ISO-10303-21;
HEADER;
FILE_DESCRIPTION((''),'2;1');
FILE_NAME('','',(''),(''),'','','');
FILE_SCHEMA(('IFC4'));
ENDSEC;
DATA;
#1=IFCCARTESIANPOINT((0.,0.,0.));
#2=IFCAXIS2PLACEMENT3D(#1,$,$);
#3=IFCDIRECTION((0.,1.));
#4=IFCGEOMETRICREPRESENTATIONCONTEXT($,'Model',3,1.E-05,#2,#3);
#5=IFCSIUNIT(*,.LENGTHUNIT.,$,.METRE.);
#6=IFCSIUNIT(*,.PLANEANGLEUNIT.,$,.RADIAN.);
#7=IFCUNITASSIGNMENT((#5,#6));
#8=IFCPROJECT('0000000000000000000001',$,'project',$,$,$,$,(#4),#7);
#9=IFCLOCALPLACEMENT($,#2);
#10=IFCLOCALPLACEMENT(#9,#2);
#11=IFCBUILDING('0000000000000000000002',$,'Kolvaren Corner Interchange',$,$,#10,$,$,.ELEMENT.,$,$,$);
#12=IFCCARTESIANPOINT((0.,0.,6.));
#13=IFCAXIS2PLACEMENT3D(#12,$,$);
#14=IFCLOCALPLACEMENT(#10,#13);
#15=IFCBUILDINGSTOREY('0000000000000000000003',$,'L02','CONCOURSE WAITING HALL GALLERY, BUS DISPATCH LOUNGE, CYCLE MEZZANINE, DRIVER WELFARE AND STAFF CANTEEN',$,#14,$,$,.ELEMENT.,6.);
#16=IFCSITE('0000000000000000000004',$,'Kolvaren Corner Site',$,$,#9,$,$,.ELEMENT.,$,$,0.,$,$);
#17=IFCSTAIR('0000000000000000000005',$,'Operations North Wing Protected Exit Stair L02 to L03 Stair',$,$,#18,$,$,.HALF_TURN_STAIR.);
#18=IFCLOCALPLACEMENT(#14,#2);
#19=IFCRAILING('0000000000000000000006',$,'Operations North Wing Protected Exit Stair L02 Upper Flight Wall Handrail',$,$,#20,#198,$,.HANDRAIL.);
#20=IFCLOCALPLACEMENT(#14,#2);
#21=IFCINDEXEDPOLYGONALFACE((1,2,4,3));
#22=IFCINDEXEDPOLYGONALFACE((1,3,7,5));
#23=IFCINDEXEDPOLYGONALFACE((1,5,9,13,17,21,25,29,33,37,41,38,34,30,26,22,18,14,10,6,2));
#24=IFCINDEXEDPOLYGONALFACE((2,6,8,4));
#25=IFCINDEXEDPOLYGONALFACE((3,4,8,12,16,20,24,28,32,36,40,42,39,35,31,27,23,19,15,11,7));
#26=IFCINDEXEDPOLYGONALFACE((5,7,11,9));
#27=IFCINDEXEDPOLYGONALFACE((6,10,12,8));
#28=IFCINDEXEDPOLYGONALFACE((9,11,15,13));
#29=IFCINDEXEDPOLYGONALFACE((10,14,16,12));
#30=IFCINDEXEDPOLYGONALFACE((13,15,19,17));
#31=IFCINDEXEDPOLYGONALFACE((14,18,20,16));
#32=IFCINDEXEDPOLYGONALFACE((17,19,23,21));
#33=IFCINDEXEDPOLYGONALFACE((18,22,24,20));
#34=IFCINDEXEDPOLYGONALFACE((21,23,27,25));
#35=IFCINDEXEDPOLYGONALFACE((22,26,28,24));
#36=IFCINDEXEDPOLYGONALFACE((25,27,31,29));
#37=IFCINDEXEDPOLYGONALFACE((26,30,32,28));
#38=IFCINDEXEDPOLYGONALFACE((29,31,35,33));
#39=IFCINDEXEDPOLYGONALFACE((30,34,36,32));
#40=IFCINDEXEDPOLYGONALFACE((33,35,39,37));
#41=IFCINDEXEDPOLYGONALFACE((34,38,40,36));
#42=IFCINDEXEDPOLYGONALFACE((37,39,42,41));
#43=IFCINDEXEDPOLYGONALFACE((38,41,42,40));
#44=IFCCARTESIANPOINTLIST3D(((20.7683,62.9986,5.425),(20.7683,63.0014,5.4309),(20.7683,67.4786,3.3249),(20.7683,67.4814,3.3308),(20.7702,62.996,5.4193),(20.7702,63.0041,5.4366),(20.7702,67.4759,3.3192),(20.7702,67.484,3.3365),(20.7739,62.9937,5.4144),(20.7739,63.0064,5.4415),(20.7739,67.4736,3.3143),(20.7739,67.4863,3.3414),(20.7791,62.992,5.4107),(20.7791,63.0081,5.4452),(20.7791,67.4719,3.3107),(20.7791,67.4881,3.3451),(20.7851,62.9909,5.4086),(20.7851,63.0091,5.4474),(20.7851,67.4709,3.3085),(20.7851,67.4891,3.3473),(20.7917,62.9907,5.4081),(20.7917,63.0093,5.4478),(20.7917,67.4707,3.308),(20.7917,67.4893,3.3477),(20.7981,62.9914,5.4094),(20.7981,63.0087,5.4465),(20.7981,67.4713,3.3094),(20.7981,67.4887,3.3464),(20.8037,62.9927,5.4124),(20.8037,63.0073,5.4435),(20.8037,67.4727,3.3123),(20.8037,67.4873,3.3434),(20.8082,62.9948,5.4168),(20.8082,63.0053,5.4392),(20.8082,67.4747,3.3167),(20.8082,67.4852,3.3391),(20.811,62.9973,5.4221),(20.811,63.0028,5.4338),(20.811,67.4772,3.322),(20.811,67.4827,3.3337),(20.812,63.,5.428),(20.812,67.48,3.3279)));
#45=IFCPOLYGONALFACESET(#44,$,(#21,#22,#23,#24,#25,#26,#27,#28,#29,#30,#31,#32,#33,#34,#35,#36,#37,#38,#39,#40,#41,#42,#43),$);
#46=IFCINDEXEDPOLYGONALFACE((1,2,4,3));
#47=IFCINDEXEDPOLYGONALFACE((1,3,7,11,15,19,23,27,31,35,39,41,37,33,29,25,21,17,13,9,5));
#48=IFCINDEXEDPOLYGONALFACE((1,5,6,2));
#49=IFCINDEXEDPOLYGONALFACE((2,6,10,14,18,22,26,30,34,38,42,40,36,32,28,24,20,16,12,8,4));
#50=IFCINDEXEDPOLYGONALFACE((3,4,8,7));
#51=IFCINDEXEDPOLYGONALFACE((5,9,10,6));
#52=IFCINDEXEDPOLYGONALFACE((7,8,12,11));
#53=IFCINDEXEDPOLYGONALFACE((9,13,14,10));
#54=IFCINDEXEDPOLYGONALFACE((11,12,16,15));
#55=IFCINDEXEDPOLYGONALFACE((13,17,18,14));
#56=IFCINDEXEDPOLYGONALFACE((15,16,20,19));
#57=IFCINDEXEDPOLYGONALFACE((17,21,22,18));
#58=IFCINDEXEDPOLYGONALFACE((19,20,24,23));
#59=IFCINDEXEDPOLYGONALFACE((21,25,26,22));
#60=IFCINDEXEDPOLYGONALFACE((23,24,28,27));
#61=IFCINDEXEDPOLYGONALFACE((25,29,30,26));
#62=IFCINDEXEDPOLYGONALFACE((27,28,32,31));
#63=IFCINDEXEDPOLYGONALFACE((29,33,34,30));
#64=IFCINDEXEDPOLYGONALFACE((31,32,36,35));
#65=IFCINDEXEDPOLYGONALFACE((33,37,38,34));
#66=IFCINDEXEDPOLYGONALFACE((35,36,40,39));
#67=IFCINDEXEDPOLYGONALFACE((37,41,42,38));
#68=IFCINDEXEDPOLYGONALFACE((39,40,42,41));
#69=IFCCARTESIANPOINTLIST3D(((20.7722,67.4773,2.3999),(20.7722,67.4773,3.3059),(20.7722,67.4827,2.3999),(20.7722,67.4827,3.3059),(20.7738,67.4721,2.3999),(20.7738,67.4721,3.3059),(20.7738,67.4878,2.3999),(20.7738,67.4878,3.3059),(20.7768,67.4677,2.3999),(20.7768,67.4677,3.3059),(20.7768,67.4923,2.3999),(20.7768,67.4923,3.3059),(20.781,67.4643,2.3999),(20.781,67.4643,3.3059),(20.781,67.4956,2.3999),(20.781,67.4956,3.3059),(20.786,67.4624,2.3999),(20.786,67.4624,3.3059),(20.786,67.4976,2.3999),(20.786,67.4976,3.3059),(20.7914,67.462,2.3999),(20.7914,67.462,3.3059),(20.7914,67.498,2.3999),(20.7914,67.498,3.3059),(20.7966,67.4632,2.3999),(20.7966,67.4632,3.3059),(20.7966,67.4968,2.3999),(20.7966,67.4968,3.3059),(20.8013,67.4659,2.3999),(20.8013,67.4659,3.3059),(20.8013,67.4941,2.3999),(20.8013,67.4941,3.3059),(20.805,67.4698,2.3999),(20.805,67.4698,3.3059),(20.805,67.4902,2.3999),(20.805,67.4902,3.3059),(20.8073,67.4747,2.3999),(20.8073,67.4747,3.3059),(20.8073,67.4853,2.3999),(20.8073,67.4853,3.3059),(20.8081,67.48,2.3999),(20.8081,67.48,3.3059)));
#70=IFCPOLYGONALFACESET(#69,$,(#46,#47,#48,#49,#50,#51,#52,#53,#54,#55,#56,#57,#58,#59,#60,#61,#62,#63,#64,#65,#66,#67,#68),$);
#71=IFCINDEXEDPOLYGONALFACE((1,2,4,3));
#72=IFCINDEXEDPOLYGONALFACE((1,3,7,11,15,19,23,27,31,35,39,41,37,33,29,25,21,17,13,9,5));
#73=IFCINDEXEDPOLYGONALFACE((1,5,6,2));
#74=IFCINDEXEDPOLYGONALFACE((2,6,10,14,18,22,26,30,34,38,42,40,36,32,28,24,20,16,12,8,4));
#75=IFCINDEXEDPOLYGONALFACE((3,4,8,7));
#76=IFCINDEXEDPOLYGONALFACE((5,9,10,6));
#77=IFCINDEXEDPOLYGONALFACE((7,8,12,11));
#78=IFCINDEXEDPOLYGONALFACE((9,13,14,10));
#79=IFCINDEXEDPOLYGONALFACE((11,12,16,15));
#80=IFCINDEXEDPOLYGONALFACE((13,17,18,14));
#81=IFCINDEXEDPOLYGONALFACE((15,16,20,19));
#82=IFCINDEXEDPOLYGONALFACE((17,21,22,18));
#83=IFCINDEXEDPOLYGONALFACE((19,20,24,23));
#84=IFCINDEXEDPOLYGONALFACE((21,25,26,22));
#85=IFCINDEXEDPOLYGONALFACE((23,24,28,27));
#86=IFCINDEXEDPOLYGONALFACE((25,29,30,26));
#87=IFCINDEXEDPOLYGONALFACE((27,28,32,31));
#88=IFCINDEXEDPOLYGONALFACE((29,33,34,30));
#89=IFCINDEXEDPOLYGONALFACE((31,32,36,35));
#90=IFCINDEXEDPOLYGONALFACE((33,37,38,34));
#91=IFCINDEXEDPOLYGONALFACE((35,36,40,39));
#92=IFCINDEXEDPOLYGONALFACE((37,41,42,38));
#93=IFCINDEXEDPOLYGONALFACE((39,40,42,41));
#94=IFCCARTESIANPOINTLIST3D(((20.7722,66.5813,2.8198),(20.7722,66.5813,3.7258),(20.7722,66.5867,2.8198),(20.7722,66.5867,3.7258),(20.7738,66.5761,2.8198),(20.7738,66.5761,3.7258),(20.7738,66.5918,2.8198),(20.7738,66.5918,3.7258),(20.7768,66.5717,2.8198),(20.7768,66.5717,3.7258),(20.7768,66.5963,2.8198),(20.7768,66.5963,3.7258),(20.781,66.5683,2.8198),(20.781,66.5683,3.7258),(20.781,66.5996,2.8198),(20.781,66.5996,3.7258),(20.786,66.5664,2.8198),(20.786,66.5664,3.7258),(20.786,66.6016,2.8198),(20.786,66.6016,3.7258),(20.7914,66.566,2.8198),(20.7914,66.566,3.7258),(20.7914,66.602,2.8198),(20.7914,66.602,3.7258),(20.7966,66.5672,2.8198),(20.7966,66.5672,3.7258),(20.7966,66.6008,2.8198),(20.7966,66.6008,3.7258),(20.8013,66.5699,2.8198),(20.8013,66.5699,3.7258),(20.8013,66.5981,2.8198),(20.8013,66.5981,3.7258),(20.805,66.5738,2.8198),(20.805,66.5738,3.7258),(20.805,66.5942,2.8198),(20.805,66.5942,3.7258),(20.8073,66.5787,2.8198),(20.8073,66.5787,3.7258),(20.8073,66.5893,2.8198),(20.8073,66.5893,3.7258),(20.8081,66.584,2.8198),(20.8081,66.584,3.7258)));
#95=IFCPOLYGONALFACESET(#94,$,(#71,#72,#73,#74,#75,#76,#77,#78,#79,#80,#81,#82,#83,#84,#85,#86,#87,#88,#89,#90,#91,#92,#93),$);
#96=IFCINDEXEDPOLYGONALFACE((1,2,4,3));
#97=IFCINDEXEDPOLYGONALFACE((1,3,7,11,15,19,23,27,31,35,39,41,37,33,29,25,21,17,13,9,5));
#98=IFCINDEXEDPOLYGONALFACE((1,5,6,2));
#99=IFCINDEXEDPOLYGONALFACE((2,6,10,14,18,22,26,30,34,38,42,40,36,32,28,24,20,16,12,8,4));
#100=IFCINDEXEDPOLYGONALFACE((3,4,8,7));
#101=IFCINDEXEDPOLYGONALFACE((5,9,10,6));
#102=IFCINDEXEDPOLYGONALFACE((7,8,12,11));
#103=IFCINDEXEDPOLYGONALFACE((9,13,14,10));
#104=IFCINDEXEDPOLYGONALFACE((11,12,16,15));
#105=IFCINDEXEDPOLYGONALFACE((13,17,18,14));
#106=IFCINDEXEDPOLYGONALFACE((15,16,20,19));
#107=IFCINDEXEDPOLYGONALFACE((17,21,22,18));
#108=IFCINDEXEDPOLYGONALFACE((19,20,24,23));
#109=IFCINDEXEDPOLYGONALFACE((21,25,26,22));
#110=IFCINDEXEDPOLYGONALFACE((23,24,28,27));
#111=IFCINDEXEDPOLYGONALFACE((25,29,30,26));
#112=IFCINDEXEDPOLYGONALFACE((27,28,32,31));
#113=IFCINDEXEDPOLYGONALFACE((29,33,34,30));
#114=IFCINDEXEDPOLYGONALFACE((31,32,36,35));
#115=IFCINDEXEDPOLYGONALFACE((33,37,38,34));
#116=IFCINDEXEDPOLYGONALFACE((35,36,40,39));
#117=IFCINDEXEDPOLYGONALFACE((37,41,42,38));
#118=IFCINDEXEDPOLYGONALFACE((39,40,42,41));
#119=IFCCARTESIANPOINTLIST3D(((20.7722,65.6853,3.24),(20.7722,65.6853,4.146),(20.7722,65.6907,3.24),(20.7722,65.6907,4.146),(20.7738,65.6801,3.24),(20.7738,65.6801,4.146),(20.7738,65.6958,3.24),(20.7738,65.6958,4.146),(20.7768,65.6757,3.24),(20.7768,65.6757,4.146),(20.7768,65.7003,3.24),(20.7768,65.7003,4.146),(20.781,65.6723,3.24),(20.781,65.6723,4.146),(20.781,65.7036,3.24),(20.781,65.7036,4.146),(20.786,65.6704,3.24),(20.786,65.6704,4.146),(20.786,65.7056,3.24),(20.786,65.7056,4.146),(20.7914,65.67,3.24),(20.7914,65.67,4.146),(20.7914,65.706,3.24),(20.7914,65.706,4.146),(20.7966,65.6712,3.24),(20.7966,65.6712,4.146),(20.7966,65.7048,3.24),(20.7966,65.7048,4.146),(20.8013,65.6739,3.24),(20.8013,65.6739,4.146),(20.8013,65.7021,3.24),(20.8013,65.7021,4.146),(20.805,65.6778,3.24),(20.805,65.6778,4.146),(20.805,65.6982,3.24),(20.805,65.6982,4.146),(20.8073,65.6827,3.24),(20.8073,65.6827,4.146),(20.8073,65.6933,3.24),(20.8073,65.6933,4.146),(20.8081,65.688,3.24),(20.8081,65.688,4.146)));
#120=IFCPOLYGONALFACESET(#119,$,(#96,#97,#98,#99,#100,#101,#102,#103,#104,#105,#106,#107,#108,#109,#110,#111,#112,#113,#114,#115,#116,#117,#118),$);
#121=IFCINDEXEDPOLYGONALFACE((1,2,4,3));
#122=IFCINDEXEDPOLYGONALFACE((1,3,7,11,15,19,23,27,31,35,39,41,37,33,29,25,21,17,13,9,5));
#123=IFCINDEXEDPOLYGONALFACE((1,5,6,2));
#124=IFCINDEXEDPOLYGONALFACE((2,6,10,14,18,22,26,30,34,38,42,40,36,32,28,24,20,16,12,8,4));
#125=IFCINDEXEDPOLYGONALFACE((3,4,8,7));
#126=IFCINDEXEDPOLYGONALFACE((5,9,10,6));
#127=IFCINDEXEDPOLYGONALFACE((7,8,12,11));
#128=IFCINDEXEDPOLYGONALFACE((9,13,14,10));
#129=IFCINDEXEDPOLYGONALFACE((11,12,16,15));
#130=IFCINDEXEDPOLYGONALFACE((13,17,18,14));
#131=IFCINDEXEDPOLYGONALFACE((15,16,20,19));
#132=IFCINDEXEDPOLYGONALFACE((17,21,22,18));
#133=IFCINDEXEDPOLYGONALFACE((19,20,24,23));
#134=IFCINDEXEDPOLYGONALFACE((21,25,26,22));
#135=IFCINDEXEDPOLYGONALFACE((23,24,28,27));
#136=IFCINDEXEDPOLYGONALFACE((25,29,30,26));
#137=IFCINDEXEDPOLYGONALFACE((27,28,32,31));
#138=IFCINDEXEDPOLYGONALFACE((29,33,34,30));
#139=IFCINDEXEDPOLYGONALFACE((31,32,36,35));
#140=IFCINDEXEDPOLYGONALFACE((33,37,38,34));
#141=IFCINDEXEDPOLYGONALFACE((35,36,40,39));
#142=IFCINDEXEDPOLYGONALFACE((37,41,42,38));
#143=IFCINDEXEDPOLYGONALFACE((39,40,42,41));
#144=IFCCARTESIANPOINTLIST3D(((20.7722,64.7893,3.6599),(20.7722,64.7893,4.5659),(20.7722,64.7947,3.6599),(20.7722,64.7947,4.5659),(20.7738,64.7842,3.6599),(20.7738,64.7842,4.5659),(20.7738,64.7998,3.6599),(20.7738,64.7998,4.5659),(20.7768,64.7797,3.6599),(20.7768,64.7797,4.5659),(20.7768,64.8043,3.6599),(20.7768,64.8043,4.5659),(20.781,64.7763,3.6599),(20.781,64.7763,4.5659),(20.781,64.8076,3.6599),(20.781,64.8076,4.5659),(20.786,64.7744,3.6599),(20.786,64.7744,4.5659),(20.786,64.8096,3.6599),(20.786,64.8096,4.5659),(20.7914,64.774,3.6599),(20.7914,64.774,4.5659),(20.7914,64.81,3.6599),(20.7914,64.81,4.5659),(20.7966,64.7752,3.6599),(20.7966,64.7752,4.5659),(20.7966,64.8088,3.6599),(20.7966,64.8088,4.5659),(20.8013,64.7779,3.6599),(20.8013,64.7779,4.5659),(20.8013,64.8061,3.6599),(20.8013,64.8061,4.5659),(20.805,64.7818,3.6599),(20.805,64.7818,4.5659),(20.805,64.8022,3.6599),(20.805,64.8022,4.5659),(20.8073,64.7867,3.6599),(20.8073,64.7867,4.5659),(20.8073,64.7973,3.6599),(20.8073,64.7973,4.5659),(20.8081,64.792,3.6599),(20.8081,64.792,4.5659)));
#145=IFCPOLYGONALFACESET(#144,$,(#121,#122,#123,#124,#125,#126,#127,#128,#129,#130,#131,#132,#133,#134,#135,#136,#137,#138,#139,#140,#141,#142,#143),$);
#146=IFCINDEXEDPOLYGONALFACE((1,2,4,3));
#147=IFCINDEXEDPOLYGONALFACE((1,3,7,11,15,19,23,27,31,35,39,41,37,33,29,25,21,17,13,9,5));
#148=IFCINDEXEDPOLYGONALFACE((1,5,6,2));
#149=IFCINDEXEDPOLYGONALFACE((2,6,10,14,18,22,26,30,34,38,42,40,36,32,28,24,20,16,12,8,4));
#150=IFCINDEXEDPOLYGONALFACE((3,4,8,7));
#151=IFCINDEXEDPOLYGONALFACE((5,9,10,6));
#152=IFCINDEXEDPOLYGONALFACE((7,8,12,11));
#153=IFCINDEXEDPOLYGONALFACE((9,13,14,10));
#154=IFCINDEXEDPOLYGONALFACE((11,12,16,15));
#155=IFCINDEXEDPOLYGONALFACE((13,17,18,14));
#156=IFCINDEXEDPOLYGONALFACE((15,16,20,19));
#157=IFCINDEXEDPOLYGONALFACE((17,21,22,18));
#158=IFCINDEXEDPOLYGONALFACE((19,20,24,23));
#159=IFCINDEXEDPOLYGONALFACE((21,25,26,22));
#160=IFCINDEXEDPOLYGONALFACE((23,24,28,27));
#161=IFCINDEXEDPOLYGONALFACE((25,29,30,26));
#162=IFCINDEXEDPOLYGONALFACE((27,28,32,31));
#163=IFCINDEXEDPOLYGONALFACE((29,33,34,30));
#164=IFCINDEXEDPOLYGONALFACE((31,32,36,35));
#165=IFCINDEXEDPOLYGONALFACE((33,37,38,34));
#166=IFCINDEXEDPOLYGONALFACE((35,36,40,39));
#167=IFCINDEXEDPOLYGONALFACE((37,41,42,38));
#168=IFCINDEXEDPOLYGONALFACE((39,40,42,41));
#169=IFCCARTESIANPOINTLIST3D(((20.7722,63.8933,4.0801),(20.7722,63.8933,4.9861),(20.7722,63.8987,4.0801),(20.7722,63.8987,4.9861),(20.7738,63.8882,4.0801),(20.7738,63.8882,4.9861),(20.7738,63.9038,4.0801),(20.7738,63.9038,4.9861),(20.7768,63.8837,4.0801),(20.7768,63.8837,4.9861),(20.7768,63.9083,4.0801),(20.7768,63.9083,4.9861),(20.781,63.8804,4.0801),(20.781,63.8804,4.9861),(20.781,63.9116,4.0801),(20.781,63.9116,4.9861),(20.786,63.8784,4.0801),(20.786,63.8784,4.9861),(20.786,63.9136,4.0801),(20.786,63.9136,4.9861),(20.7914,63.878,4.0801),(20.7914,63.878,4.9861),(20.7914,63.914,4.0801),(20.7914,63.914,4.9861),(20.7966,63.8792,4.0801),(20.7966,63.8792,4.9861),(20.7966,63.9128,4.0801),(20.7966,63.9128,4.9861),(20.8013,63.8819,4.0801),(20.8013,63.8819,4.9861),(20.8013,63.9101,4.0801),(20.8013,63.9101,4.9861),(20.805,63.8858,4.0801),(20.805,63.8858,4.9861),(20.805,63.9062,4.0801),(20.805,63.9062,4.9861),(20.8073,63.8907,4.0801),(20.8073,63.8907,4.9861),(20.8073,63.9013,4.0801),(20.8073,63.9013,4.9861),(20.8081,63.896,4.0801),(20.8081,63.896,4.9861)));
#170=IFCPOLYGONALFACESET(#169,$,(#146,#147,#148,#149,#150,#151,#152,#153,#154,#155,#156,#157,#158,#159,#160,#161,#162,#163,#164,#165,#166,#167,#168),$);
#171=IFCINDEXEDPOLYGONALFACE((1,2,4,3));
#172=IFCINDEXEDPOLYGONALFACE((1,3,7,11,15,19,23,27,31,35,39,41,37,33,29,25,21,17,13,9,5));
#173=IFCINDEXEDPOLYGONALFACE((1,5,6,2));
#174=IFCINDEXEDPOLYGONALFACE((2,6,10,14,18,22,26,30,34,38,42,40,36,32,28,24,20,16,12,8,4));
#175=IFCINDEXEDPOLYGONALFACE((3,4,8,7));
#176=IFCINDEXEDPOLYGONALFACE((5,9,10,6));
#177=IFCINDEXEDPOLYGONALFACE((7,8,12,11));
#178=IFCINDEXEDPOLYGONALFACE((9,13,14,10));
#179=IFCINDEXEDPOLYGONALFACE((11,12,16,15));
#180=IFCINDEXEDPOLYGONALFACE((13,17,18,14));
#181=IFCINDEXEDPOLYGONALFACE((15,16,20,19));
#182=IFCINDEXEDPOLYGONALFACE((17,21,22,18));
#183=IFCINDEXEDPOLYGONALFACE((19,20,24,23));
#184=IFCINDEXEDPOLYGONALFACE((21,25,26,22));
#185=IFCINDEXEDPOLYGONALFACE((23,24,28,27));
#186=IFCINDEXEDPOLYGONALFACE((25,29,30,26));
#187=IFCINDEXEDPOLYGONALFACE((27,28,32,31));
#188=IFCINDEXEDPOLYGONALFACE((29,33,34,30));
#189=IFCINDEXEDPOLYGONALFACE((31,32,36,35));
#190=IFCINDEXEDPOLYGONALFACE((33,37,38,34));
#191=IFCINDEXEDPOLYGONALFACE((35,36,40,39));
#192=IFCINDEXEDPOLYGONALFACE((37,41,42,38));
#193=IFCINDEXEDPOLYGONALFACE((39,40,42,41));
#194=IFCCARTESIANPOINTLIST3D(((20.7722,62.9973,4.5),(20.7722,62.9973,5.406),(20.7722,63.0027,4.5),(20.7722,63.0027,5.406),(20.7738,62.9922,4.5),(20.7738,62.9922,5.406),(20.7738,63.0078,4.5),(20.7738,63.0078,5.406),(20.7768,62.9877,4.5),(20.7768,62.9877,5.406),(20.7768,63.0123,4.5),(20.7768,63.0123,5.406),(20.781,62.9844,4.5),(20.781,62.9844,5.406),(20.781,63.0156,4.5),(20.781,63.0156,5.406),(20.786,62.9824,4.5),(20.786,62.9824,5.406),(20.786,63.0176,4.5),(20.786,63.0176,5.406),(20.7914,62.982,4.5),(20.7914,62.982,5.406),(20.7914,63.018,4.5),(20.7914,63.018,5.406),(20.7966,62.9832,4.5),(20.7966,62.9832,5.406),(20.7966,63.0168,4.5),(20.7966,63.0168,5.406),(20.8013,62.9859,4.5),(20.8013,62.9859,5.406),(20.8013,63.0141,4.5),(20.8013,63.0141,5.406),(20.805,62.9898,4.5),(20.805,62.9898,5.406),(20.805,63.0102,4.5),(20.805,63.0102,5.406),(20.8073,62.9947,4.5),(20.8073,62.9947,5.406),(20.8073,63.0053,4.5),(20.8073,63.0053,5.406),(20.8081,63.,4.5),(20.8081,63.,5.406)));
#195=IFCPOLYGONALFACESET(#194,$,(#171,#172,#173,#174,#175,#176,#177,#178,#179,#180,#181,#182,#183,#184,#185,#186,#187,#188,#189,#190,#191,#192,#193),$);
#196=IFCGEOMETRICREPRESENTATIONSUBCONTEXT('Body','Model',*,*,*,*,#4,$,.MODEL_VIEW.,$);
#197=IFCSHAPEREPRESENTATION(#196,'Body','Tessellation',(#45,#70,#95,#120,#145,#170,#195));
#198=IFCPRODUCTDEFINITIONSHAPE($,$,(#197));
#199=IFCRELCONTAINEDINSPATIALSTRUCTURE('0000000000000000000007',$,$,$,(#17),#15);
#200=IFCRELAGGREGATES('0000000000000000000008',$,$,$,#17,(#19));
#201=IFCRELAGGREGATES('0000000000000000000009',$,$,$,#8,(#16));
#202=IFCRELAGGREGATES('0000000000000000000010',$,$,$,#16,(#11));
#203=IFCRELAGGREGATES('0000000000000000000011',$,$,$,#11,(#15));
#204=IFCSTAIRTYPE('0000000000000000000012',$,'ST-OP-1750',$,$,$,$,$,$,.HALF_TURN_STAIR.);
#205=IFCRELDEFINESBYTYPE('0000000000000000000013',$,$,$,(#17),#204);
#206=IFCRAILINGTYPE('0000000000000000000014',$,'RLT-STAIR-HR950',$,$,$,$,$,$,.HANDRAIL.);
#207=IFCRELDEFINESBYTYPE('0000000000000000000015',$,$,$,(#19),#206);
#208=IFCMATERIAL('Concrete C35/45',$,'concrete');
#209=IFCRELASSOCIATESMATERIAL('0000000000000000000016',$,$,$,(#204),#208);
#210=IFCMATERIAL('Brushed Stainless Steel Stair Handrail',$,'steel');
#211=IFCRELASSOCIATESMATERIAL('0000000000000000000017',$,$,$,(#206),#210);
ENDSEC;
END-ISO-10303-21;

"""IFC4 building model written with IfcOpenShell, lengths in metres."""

from ifc_helpers import new_model, si_unit, direction, frame, origin, origin_2d, place, context, subcontext, project, spatial, circle, extrude, material, type_object, element, aggregate, save


model = new_model("IFC4")

# Units and contexts
model_context = context("Model", 3, precision=1e-05, world=origin(), true_north=direction((0.0, 1.0)))
body_context = subcontext(model_context, "Body", "Model", "MODEL_VIEW")
ifc_project = project(units=[si_unit("LENGTHUNIT", "METRE"), si_unit("PLANEANGLEUNIT", "RADIAN")], contexts=[model_context])

# Site, building, storey
site_placement = place(None, origin())
site = spatial("IfcSite", under=ifc_project, at=site_placement, Name="Kolvaren Corner Site", CompositionType="ELEMENT", RefElevation=0.0)
building_placement = place(site_placement, origin())
building = spatial("IfcBuilding", under=site, at=building_placement, Name="Kolvaren Corner Interchange", CompositionType="ELEMENT")
storey_placement = place(building_placement, frame((0.0, 0.0, 6.0)))
storey = spatial("IfcBuildingStorey", under=building, at=storey_placement, Name="L02", Description="CONCOURSE WAITING HALL GALLERY, BUS DISPATCH LOUNGE, CYCLE MEZZANINE, DRIVER WELFARE AND STAFF CANTEEN", CompositionType="ELEMENT", Elevation=6.0)

# Stair
ifc_material_1 = material(Name="Concrete C35/45", Category="concrete")
stair_type = type_object("IfcStairType", Name="ST-OP-1750", PredefinedType="HALF_TURN_STAIR", material=ifc_material_1)
stair_placement = place(storey_placement, origin())
stair = element("IfcStair", 1, at=stair_placement, inside=storey, type_object=stair_type, Name="Operations North Wing Protected Exit Stair L02 to L03 Stair", PredefinedType="HALF_TURN_STAIR")

# Railing
ifc_material_2 = material(Name="Brushed Stainless Steel Stair Handrail", Category="steel")
railing_type_1 = type_object("IfcRailingType", Name="RLT-STAIR-HR950", PredefinedType="HANDRAIL", material=ifc_material_2)
railing_1_placement = place(storey_placement, frame((20.79, 67.48, 2.3999)))
railing_1 = element("IfcRailing", 2, at=railing_1_placement, type_object=railing_type_1, Name="Operations North Wing Protected Exit Stair L02 Upper Flight Wall Handrail", PredefinedType="HANDRAIL", context=body_context, shape_type="SweptSolid", body=[
    extrude(circle(Radius=0.022, at=origin_2d()), frame((0.0, 0.0, 0.928), z_axis=(0.0, -0.905451, 0.424452), x_axis=(1.0, 0.0, 0.0)), (0.0, 0.0, 1.0), 4.9478),
    extrude(circle(Radius=0.0181, at=origin_2d()), origin(), (0.0, 0.0, 1.0), 0.906),
    extrude(circle(Radius=0.0181, at=origin_2d()), frame((0.0, -0.896, 0.4199)), (0.0, 0.0, 1.0), 0.906),
    extrude(circle(Radius=0.0181, at=origin_2d()), frame((0.0, -1.792, 0.8401)), (0.0, 0.0, 1.0), 0.906),
    extrude(circle(Radius=0.0181, at=origin_2d()), frame((0.0, -2.688, 1.26)), (0.0, 0.0, 1.0), 0.906),
    extrude(circle(Radius=0.0181, at=origin_2d()), frame((0.0, -3.584, 1.6802)), (0.0, 0.0, 1.0), 0.906),
    extrude(circle(Radius=0.0181, at=origin_2d()), frame((0.0, -4.48, 2.1001)), (0.0, 0.0, 1.0), 0.906),
])
aggregate(stair, [railing_1])

save(model, "model.ifc")
